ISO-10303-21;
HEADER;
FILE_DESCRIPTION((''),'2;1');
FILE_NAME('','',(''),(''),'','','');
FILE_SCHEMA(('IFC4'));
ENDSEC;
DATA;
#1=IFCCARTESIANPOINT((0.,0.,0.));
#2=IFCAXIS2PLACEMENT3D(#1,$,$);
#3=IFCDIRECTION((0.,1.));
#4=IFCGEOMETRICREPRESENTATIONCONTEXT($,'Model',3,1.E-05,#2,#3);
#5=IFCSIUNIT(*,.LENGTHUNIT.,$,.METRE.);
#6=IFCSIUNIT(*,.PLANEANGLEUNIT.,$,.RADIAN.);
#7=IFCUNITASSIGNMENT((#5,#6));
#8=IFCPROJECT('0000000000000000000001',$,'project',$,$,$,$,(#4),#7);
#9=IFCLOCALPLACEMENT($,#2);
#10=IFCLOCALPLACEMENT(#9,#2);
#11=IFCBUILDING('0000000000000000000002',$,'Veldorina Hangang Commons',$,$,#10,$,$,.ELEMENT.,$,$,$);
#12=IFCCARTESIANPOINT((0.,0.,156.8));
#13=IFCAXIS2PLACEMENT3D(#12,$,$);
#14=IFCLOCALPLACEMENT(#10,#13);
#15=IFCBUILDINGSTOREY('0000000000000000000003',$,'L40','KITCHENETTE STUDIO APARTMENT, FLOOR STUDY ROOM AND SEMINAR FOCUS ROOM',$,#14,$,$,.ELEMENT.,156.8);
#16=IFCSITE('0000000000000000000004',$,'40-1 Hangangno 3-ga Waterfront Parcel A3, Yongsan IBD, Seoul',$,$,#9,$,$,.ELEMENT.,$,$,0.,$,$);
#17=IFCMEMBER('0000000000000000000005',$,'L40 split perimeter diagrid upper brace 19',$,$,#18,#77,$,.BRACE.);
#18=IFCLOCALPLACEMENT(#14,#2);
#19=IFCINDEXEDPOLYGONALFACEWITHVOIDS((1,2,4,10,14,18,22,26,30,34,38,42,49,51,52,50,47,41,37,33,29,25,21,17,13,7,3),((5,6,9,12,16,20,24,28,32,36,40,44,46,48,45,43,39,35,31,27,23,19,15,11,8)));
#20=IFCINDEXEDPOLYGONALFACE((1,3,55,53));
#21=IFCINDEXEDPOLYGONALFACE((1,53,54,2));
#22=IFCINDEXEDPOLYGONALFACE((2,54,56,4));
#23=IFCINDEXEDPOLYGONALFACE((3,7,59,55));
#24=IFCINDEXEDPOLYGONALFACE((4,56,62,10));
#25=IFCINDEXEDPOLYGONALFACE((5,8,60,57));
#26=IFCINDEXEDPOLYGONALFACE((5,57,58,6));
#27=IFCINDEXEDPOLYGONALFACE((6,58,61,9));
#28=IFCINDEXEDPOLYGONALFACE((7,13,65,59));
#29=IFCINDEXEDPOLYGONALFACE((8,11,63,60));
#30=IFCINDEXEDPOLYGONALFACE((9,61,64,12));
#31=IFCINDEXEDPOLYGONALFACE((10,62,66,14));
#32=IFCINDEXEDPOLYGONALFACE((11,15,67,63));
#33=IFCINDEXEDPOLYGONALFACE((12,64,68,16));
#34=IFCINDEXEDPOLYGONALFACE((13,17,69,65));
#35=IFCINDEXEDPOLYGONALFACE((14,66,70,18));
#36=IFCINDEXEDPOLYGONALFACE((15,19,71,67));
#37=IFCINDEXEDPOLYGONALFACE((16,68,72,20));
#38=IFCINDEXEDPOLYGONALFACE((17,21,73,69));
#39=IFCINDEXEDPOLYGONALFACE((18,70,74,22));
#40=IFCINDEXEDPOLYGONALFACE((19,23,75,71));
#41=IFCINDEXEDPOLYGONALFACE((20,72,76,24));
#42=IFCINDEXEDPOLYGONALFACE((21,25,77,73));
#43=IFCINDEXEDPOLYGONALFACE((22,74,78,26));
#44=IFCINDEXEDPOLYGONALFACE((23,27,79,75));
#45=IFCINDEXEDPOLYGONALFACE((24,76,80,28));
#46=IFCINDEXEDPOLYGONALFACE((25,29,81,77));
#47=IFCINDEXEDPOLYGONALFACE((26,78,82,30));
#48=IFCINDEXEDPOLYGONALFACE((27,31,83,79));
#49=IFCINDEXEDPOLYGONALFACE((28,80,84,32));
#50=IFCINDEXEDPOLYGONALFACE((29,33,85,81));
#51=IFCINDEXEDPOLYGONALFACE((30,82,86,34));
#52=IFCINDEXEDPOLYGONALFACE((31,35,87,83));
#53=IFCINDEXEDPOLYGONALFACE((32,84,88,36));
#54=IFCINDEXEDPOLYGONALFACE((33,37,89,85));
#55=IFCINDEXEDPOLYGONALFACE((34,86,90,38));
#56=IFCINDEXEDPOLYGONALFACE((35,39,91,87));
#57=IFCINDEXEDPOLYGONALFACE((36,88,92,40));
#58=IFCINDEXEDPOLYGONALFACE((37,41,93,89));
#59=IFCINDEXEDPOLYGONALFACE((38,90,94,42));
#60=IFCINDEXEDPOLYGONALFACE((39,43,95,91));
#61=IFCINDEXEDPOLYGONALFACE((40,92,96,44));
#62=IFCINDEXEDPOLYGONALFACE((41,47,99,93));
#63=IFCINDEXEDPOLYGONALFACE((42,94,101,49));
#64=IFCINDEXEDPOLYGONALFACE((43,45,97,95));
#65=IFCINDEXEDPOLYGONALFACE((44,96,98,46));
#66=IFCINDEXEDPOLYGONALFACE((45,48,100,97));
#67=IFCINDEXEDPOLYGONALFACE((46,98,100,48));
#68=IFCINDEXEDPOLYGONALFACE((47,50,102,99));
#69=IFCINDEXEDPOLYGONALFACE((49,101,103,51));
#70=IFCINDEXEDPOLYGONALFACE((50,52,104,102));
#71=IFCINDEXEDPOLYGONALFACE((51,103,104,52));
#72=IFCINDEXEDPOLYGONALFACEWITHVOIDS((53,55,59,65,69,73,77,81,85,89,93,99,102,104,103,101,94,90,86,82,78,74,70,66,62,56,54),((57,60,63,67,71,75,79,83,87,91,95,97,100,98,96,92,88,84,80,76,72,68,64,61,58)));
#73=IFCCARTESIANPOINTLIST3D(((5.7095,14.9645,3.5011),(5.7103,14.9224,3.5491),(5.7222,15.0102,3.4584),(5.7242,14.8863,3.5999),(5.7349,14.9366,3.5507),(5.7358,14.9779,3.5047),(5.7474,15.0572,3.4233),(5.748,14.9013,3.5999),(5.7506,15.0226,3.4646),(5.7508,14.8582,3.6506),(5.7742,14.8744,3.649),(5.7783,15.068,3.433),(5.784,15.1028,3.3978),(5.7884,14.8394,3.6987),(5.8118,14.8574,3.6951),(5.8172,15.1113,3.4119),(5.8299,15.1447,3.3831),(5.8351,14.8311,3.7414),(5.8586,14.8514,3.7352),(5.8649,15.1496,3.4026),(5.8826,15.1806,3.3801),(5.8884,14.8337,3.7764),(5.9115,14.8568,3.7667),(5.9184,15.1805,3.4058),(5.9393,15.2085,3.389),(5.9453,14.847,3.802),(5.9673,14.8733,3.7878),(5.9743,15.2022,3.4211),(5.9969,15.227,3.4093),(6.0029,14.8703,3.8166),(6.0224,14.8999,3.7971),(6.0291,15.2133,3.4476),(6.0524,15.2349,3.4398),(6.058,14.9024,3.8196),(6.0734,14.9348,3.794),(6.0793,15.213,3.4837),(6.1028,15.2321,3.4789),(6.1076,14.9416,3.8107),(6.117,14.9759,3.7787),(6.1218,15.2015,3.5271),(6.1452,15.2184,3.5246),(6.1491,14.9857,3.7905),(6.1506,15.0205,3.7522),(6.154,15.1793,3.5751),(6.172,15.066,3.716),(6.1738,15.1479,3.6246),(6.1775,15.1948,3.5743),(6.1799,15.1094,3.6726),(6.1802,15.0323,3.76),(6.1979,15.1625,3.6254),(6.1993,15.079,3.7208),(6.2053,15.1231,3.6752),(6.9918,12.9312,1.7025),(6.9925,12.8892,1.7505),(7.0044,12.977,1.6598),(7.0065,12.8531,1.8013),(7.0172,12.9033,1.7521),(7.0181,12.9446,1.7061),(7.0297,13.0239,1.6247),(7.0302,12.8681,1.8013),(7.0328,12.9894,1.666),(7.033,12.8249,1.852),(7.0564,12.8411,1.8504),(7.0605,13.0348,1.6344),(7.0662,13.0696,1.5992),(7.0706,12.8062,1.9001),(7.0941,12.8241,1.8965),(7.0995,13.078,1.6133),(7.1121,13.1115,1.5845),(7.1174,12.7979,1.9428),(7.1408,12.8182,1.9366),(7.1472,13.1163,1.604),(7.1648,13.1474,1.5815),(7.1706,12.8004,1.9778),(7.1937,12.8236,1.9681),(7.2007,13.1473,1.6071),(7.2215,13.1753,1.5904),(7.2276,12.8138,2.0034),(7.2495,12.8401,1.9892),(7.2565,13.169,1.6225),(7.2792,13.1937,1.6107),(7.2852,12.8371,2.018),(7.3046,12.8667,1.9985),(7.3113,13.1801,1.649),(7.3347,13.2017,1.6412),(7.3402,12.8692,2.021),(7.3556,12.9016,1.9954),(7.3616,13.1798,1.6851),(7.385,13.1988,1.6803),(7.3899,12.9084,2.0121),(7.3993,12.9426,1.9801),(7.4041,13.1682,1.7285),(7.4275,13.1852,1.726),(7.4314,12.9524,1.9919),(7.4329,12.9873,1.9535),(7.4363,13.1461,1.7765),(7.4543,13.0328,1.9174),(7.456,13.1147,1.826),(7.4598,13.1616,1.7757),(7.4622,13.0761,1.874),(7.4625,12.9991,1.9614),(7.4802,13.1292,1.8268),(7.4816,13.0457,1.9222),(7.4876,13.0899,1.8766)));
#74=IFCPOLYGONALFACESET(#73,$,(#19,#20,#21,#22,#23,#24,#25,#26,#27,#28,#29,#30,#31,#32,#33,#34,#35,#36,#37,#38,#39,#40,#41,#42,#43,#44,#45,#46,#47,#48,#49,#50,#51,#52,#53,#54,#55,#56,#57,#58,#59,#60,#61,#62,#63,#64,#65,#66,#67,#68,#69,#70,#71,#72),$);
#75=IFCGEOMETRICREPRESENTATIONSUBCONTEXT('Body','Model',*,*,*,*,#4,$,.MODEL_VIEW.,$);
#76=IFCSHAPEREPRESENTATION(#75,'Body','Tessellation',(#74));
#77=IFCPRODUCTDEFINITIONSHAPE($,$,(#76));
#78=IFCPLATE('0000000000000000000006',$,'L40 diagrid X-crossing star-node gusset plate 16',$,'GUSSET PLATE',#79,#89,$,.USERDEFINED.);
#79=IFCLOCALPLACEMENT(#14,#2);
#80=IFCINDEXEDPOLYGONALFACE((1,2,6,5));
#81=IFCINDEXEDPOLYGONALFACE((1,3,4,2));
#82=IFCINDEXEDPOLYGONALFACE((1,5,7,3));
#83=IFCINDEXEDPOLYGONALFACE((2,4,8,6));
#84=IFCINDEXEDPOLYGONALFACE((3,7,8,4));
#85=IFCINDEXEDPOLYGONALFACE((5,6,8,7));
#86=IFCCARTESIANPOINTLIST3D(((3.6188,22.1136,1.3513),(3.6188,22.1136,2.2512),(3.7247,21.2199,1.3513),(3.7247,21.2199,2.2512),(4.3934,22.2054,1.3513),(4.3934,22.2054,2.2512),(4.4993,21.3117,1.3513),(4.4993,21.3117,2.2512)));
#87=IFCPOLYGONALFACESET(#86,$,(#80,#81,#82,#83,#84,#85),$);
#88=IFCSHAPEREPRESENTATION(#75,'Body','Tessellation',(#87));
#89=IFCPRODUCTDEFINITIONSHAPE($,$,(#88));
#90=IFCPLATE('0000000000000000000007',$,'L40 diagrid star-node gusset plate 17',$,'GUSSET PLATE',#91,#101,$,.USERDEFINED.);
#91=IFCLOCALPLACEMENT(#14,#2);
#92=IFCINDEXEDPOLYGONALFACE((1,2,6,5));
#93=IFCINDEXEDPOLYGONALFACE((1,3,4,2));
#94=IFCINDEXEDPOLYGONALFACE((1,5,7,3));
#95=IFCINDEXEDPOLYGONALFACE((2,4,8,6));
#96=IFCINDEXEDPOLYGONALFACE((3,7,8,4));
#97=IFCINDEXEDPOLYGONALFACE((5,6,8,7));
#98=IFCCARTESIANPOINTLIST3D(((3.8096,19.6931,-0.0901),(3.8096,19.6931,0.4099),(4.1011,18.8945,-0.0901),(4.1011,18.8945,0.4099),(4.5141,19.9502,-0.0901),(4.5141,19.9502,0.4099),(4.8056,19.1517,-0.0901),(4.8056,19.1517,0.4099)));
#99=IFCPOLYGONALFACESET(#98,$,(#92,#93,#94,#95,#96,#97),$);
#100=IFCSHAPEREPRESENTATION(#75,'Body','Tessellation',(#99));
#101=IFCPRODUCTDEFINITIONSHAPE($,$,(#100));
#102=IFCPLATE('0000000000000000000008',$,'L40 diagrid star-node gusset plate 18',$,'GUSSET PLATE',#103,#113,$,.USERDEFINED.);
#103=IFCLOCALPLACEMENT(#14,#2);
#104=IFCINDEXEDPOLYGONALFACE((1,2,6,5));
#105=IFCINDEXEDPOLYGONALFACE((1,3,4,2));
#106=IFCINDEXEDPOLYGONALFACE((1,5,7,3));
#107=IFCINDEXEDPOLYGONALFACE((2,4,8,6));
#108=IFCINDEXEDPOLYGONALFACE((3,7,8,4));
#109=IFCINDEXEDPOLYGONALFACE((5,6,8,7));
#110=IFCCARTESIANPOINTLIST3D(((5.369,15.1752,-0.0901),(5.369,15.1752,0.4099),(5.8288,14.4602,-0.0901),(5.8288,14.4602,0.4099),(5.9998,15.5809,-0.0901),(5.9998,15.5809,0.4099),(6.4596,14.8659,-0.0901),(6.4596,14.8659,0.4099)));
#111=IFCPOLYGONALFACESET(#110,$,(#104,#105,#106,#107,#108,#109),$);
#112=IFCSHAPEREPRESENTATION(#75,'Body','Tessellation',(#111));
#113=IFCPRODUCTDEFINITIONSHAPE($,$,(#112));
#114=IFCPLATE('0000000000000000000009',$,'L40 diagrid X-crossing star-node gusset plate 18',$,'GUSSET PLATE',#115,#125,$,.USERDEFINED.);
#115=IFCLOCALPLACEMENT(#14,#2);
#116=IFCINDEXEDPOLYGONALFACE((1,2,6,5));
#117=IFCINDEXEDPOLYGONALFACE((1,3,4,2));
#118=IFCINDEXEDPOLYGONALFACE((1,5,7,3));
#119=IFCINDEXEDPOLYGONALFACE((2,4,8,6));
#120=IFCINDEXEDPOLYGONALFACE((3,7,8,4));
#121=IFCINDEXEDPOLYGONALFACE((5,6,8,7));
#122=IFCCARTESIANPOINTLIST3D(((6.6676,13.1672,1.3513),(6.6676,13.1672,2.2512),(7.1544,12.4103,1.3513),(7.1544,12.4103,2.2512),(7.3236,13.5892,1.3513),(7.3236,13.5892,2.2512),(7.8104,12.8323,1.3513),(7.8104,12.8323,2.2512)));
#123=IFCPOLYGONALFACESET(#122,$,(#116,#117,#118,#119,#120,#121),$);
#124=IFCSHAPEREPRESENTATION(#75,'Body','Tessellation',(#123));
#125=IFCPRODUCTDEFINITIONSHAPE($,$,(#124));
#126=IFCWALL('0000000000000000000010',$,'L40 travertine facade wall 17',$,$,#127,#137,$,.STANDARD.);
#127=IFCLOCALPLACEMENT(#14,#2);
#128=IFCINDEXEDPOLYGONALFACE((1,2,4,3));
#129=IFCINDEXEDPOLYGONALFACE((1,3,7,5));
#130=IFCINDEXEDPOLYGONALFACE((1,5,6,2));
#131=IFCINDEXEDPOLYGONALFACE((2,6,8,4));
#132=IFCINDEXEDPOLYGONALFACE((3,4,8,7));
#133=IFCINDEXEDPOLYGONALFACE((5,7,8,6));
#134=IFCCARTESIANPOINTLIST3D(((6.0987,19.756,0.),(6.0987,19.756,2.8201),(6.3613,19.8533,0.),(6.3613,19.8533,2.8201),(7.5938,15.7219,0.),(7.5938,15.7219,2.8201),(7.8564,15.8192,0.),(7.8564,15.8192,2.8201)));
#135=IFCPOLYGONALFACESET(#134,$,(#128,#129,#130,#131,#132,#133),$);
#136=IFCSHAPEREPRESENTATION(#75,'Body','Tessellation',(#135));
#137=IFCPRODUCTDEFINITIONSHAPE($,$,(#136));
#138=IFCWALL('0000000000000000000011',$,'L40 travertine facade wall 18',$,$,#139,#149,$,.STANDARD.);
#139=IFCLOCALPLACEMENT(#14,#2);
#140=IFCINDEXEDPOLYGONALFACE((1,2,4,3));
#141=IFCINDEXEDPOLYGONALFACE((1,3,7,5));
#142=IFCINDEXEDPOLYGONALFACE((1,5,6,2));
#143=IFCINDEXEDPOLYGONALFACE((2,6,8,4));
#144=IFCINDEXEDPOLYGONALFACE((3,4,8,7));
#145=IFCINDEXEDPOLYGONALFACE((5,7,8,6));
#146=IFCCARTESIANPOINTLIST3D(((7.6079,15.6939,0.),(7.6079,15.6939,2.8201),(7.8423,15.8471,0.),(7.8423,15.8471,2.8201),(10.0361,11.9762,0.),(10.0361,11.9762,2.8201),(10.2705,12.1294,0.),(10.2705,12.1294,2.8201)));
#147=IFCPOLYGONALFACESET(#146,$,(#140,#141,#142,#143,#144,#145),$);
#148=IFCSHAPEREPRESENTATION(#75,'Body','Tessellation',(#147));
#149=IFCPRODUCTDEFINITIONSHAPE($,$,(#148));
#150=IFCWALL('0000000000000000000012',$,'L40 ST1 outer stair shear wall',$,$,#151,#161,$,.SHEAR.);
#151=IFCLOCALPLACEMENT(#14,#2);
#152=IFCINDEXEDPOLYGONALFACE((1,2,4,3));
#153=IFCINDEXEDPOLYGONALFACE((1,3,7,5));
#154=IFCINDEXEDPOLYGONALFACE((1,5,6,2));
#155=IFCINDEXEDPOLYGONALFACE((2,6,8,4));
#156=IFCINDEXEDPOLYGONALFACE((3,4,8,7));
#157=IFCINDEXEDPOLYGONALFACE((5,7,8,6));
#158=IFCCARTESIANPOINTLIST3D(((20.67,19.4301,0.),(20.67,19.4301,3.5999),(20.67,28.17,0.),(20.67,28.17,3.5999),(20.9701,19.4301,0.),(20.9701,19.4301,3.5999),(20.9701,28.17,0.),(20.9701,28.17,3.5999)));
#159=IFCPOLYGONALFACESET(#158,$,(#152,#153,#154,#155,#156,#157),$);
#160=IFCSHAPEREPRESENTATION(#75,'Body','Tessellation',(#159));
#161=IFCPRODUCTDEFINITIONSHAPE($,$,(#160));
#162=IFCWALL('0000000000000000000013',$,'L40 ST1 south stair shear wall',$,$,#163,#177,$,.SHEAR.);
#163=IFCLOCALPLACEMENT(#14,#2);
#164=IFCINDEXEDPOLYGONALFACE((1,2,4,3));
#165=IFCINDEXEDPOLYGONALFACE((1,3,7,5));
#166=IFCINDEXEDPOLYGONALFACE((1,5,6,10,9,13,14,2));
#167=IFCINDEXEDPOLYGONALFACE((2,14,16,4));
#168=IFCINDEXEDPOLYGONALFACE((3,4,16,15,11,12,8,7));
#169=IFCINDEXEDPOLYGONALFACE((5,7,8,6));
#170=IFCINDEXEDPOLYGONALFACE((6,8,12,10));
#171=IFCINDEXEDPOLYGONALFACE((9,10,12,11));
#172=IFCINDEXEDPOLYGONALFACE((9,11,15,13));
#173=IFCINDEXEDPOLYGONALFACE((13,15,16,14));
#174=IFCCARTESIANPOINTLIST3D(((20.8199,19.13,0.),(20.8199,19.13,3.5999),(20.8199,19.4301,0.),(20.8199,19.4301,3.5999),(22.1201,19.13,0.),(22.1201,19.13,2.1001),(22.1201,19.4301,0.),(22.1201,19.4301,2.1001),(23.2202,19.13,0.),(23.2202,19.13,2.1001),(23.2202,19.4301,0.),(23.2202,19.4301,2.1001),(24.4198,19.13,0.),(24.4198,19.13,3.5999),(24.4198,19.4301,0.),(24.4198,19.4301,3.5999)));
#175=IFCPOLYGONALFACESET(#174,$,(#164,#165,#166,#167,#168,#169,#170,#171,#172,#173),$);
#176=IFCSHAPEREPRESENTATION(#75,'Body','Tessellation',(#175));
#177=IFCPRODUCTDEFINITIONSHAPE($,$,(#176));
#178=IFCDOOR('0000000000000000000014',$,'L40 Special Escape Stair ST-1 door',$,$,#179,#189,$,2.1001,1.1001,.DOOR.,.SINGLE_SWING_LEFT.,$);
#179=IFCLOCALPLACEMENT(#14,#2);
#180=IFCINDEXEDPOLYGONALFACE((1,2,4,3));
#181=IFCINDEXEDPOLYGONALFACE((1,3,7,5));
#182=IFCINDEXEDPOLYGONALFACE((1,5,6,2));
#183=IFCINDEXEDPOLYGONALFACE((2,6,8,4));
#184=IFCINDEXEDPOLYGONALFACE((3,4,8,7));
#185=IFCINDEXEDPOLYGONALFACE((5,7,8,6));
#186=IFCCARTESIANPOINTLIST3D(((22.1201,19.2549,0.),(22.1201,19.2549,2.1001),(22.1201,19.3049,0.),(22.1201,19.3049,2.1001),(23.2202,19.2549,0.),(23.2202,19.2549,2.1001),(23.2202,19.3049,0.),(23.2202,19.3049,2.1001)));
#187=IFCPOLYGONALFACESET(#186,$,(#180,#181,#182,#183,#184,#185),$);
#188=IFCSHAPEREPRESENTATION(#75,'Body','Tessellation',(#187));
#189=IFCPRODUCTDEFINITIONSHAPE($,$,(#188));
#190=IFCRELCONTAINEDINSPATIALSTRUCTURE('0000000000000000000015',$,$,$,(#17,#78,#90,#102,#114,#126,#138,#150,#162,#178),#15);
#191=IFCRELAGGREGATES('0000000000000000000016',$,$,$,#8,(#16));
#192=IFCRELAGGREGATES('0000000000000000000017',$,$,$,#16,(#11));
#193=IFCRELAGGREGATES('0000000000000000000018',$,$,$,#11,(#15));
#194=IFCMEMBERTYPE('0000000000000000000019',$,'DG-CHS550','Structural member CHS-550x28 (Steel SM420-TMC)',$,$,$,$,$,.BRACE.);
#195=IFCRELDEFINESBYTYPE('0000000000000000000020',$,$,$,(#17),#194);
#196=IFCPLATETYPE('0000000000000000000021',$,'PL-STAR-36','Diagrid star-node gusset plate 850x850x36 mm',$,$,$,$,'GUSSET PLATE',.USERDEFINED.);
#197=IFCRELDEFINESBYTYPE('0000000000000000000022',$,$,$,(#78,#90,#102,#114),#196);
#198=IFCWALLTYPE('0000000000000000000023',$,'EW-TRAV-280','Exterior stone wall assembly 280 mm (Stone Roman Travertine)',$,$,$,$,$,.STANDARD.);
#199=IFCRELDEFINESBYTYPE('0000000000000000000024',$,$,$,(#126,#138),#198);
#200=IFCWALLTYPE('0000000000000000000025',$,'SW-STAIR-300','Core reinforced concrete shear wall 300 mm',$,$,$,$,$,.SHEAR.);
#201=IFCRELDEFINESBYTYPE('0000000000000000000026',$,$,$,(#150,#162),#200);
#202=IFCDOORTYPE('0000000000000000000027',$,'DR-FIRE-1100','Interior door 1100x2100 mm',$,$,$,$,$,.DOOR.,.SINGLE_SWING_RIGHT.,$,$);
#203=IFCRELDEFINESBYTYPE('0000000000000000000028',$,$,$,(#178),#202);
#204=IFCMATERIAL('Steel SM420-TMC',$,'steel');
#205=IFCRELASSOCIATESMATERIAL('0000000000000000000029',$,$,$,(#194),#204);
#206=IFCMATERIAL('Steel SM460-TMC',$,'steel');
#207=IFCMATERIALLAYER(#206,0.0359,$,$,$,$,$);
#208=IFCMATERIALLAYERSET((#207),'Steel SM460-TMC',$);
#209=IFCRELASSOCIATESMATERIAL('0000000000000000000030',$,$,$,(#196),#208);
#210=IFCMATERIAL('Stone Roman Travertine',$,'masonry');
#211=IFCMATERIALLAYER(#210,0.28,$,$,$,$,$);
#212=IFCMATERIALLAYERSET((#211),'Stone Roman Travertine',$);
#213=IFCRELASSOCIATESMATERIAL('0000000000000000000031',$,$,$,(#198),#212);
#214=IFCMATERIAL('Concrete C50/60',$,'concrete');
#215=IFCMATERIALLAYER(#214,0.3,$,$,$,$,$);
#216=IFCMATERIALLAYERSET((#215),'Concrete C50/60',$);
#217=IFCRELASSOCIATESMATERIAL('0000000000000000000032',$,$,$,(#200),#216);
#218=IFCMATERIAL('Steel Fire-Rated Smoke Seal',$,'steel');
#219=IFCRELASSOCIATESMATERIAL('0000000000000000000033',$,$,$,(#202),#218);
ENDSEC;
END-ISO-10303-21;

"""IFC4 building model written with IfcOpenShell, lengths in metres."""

from ifc_helpers import new_model, si_unit, direction, frame, frame_2d, origin, origin_2d, place, context, subcontext, project, spatial, rectangle, hollow_circle, extrude, material, layer, layer_set, material_profile, profile_set, type_object, element, fill, save


model = new_model("IFC4")

# Units and contexts
model_context = context("Model", 3, precision=1e-05, world=origin(), true_north=direction((0.0, 1.0)))
body_context = subcontext(model_context, "Body", "Model", "MODEL_VIEW")
ifc_project = project(units=[si_unit("LENGTHUNIT", "METRE"), si_unit("PLANEANGLEUNIT", "RADIAN")], contexts=[model_context])

# Site, building, storey
site_placement = place(None, origin())
site = spatial("IfcSite", under=ifc_project, at=site_placement, Name="40-1 Hangangno 3-ga Waterfront Parcel A3, Yongsan IBD, Seoul", CompositionType="ELEMENT", RefElevation=0.0)
building_placement = place(site_placement, origin())
building = spatial("IfcBuilding", under=site, at=building_placement, Name="Veldorina Hangang Commons", CompositionType="ELEMENT")
storey_placement = place(building_placement, frame((0.0, 0.0, 156.8)))
storey = spatial("IfcBuildingStorey", under=building, at=storey_placement, Name="L40", Description="KITCHENETTE STUDIO APARTMENT, FLOOR STUDY ROOM AND SEMINAR FOCUS ROOM", CompositionType="ELEMENT", Elevation=156.8)

# Shared definitions
ifc_material_1 = material(Name="Steel SM420-TMC", Category="steel")

# Member
ifc_material_profile_1 = material_profile(ifc_material_1, hollow_circle(Radius=0.2749, WallThickness=0.0281, at=origin_2d()), Name="CHS-550x28")
ifc_profile_set_1 = profile_set([ifc_material_profile_1], Name="Steel SM420-TMC")
member_type = type_object("IfcMemberType", Name="DG-CHS550", Description="Structural member CHS-550x28 (Steel SM420-TMC)", PredefinedType="BRACE", material=ifc_profile_set_1)
member_1_placement = place(storey_placement, frame((7.239, 12.9998, 1.8013), z_axis=(-0.427102, 0.677248, 0.599098), x_axis=(-0.845846, -0.533427, 0.0)))
element("IfcMember", 1, at=member_1_placement, inside=storey, type_object=member_type, Name="L40 split perimeter diagrid upper brace 19", PredefinedType="BRACE", context=body_context, shape_type="SweptSolid", body=[
    extrude(hollow_circle(Radius=0.2749, WallThickness=0.0281, at=origin_2d()), origin(), (0.0, 0.0, 1.0), 3.0022),
])

# Plates
ifc_material_2 = material(Name="Steel SM460-TMC", Category="steel")
ifc_layer_1 = layer(ifc_material_2, 0.0359)
ifc_layer_set_1 = layer_set([ifc_layer_1], Name="Steel SM460-TMC")
plate_type = type_object("IfcPlateType", Name="PL-STAR-36", Description="Diagrid star-node gusset plate 850x850x36 mm", ElementType="GUSSET PLATE", PredefinedType="USERDEFINED", material=ifc_layer_set_1)
plate_1_placement = place(storey_placement, frame((4.0591, 21.7126, 1.3513), z_axis=(0.0, 0.0, 1.0), x_axis=(0.117693, -0.99305, 0.0)))
element("IfcPlate", 2, at=plate_1_placement, inside=storey, type_object=plate_type, Name="L40 diagrid X-crossing star-node gusset plate 16", ObjectType="GUSSET PLATE", PredefinedType="USERDEFINED", context=body_context, shape_type="SweptSolid", body=[
    extrude(rectangle(XDim=0.8999, YDim=0.78, at=origin_2d()), origin(), (0.0, 0.0, 1.0), 0.8999),
])
for number, where, z_axis, x_axis, name in (
    (3, (4.3076, 19.4224, -0.0901), (0.0, 0.0, 1.0), (0.342906, -0.93937, 0.0), "L40 diagrid star-node gusset plate 17"),
    (4, (5.9143, 15.0205, -0.0901), (0.0, 0.0, 1.0), (0.54093, -0.841067, 0.0), "L40 diagrid star-node gusset plate 18"),
):
    element("IfcPlate", number, at=place(storey_placement, frame(where, z_axis=z_axis, x_axis=x_axis)), inside=storey, type_object=plate_type, Name=name, ObjectType="GUSSET PLATE", PredefinedType="USERDEFINED", context=body_context, shape_type="SweptSolid", body=[
        extrude(rectangle(XDim=0.8501, YDim=0.75, at=origin_2d()), origin(), (0.0, 0.0, 1.0), 0.5),
    ])
plate_2_placement = place(storey_placement, frame((7.239, 12.9998, 1.3513), z_axis=(0.0, 0.0, 1.0), x_axis=(0.54093, -0.841067, 0.0)))
element("IfcPlate", 5, at=plate_2_placement, inside=storey, type_object=plate_type, Name="L40 diagrid X-crossing star-node gusset plate 18", ObjectType="GUSSET PLATE", PredefinedType="USERDEFINED", context=body_context, shape_type="SweptSolid", body=[
    extrude(rectangle(XDim=0.8999, YDim=0.78, at=origin_2d()), origin(), (0.0, 0.0, 1.0), 0.8999),
])

# Walls
ifc_material_3 = material(Name="Stone Roman Travertine", Category="masonry")
ifc_layer_2 = layer(ifc_material_3, 0.28)
ifc_layer_set_2 = layer_set([ifc_layer_2], Name="Stone Roman Travertine")
wall_type_1 = type_object("IfcWallType", Name="EW-TRAV-280", Description="Exterior stone wall assembly 280 mm (Stone Roman Travertine)", PredefinedType="STANDARD", material=ifc_layer_set_2)
wall_1_placement = place(storey_placement, frame((6.23, 19.8047, 0.0), z_axis=(0.0, 0.0, 1.0), x_axis=(0.347514, -0.937675, 0.0)))
element("IfcWall", 6, at=wall_1_placement, inside=storey, type_object=wall_type_1, Name="L40 travertine facade wall 17", PredefinedType="STANDARD", context=body_context, shape_type="SweptSolid", body=[
    extrude(rectangle(XDim=4.3022, YDim=0.28, at=frame_2d((2.1511, 0.0))), origin(), (0.0, 0.0, 1.0), 2.8201),
])
wall_2_placement = place(storey_placement, frame((7.7251, 15.7705, 0.0), z_axis=(0.0, 0.0, 1.0), x_axis=(0.546835, -0.837241, 0.0)))
element("IfcWall", 7, at=wall_2_placement, inside=storey, type_object=wall_type_1, Name="L40 travertine facade wall 18", PredefinedType="STANDARD", context=body_context, shape_type="SweptSolid", body=[
    extrude(rectangle(XDim=4.4404, YDim=0.28, at=frame_2d((2.2202, 0.0))), origin(), (0.0, 0.0, 1.0), 2.8201),
])
ifc_material_4 = material(Name="Concrete C50/60", Category="concrete")
ifc_layer_3 = layer(ifc_material_4, 0.3)
ifc_layer_set_3 = layer_set([ifc_layer_3], Name="Concrete C50/60")
wall_type_2 = type_object("IfcWallType", Name="SW-STAIR-300", Description="Core reinforced concrete shear wall 300 mm", PredefinedType="SHEAR", material=ifc_layer_set_3)
wall_3_placement = place(storey_placement, frame((20.8201, 19.4299, 0.0), z_axis=(0.0, 0.0, 1.0), x_axis=(0.0, 1.0, 0.0)))
element("IfcWall", 8, at=wall_3_placement, inside=storey, type_object=wall_type_2, Name="L40 ST1 outer stair shear wall", PredefinedType="SHEAR", context=body_context, shape_type="SweptSolid", body=[
    extrude(rectangle(XDim=8.74, YDim=0.3, at=frame_2d((4.3701, 0.0))), origin(), (0.0, 0.0, 1.0), 3.5999),
])

# Wall, opening, door
wall_4_placement = place(storey_placement, frame((20.8201, 19.28, 0.0), z_axis=(0.0, 0.0, 1.0), x_axis=(1.0, 0.0, 0.0)))
wall_4 = element("IfcWall", 9, at=wall_4_placement, inside=storey, type_object=wall_type_2, Name="L40 ST1 south stair shear wall", PredefinedType="SHEAR", context=body_context, shape_type="SweptSolid", body=[
    extrude(rectangle(XDim=3.5999, YDim=0.3, at=frame_2d((1.7998, 0.0))), origin(), (0.0, 0.0, 1.0), 3.5999),
])
opening_1_placement = place(wall_4_placement, frame((1.3, 0.0, 0.0)))
opening_1 = element("IfcOpeningElement", 10, at=opening_1_placement, cuts=wall_4, PredefinedType="OPENING", context=body_context, shape_type="SweptSolid", body=[
    extrude(rectangle(XDim=1.1001, YDim=2.1001, at=frame_2d((0.55, 1.05))), frame((0.0, 0.1602, 0.0), z_axis=(0.0, -1.0, 0.0), x_axis=(1.0, 0.0, 0.0)), (0.0, 0.0, 1.0), 0.3201),
])
ifc_material_5 = material(Name="Steel Fire-Rated Smoke Seal", Category="steel")
door_type_1 = type_object("IfcDoorType", Name="DR-FIRE-1100", Description="Interior door 1100x2100 mm", OperationType="SINGLE_SWING_RIGHT", PredefinedType="DOOR", material=ifc_material_5)
door_1_placement = place(opening_1_placement, origin())
door_1 = element("IfcDoor", 11, at=door_1_placement, inside=storey, type_object=door_type_1, Name="L40 Special Escape Stair ST-1 door", OperationType="SINGLE_SWING_LEFT", OverallHeight=2.1001, OverallWidth=1.1001, PredefinedType="DOOR", context=body_context, shape_type="SweptSolid", body=[
    extrude(rectangle(XDim=1.1001, YDim=2.1001, at=frame_2d((0.55, 1.05))), frame((0.0, 0.0249, 0.0), z_axis=(0.0, -1.0, 0.0), x_axis=(1.0, 0.0, 0.0)), (0.0, 0.0, 1.0), 0.05),
])
fill(opening_1, door_1)

save(model, "model.ifc")
